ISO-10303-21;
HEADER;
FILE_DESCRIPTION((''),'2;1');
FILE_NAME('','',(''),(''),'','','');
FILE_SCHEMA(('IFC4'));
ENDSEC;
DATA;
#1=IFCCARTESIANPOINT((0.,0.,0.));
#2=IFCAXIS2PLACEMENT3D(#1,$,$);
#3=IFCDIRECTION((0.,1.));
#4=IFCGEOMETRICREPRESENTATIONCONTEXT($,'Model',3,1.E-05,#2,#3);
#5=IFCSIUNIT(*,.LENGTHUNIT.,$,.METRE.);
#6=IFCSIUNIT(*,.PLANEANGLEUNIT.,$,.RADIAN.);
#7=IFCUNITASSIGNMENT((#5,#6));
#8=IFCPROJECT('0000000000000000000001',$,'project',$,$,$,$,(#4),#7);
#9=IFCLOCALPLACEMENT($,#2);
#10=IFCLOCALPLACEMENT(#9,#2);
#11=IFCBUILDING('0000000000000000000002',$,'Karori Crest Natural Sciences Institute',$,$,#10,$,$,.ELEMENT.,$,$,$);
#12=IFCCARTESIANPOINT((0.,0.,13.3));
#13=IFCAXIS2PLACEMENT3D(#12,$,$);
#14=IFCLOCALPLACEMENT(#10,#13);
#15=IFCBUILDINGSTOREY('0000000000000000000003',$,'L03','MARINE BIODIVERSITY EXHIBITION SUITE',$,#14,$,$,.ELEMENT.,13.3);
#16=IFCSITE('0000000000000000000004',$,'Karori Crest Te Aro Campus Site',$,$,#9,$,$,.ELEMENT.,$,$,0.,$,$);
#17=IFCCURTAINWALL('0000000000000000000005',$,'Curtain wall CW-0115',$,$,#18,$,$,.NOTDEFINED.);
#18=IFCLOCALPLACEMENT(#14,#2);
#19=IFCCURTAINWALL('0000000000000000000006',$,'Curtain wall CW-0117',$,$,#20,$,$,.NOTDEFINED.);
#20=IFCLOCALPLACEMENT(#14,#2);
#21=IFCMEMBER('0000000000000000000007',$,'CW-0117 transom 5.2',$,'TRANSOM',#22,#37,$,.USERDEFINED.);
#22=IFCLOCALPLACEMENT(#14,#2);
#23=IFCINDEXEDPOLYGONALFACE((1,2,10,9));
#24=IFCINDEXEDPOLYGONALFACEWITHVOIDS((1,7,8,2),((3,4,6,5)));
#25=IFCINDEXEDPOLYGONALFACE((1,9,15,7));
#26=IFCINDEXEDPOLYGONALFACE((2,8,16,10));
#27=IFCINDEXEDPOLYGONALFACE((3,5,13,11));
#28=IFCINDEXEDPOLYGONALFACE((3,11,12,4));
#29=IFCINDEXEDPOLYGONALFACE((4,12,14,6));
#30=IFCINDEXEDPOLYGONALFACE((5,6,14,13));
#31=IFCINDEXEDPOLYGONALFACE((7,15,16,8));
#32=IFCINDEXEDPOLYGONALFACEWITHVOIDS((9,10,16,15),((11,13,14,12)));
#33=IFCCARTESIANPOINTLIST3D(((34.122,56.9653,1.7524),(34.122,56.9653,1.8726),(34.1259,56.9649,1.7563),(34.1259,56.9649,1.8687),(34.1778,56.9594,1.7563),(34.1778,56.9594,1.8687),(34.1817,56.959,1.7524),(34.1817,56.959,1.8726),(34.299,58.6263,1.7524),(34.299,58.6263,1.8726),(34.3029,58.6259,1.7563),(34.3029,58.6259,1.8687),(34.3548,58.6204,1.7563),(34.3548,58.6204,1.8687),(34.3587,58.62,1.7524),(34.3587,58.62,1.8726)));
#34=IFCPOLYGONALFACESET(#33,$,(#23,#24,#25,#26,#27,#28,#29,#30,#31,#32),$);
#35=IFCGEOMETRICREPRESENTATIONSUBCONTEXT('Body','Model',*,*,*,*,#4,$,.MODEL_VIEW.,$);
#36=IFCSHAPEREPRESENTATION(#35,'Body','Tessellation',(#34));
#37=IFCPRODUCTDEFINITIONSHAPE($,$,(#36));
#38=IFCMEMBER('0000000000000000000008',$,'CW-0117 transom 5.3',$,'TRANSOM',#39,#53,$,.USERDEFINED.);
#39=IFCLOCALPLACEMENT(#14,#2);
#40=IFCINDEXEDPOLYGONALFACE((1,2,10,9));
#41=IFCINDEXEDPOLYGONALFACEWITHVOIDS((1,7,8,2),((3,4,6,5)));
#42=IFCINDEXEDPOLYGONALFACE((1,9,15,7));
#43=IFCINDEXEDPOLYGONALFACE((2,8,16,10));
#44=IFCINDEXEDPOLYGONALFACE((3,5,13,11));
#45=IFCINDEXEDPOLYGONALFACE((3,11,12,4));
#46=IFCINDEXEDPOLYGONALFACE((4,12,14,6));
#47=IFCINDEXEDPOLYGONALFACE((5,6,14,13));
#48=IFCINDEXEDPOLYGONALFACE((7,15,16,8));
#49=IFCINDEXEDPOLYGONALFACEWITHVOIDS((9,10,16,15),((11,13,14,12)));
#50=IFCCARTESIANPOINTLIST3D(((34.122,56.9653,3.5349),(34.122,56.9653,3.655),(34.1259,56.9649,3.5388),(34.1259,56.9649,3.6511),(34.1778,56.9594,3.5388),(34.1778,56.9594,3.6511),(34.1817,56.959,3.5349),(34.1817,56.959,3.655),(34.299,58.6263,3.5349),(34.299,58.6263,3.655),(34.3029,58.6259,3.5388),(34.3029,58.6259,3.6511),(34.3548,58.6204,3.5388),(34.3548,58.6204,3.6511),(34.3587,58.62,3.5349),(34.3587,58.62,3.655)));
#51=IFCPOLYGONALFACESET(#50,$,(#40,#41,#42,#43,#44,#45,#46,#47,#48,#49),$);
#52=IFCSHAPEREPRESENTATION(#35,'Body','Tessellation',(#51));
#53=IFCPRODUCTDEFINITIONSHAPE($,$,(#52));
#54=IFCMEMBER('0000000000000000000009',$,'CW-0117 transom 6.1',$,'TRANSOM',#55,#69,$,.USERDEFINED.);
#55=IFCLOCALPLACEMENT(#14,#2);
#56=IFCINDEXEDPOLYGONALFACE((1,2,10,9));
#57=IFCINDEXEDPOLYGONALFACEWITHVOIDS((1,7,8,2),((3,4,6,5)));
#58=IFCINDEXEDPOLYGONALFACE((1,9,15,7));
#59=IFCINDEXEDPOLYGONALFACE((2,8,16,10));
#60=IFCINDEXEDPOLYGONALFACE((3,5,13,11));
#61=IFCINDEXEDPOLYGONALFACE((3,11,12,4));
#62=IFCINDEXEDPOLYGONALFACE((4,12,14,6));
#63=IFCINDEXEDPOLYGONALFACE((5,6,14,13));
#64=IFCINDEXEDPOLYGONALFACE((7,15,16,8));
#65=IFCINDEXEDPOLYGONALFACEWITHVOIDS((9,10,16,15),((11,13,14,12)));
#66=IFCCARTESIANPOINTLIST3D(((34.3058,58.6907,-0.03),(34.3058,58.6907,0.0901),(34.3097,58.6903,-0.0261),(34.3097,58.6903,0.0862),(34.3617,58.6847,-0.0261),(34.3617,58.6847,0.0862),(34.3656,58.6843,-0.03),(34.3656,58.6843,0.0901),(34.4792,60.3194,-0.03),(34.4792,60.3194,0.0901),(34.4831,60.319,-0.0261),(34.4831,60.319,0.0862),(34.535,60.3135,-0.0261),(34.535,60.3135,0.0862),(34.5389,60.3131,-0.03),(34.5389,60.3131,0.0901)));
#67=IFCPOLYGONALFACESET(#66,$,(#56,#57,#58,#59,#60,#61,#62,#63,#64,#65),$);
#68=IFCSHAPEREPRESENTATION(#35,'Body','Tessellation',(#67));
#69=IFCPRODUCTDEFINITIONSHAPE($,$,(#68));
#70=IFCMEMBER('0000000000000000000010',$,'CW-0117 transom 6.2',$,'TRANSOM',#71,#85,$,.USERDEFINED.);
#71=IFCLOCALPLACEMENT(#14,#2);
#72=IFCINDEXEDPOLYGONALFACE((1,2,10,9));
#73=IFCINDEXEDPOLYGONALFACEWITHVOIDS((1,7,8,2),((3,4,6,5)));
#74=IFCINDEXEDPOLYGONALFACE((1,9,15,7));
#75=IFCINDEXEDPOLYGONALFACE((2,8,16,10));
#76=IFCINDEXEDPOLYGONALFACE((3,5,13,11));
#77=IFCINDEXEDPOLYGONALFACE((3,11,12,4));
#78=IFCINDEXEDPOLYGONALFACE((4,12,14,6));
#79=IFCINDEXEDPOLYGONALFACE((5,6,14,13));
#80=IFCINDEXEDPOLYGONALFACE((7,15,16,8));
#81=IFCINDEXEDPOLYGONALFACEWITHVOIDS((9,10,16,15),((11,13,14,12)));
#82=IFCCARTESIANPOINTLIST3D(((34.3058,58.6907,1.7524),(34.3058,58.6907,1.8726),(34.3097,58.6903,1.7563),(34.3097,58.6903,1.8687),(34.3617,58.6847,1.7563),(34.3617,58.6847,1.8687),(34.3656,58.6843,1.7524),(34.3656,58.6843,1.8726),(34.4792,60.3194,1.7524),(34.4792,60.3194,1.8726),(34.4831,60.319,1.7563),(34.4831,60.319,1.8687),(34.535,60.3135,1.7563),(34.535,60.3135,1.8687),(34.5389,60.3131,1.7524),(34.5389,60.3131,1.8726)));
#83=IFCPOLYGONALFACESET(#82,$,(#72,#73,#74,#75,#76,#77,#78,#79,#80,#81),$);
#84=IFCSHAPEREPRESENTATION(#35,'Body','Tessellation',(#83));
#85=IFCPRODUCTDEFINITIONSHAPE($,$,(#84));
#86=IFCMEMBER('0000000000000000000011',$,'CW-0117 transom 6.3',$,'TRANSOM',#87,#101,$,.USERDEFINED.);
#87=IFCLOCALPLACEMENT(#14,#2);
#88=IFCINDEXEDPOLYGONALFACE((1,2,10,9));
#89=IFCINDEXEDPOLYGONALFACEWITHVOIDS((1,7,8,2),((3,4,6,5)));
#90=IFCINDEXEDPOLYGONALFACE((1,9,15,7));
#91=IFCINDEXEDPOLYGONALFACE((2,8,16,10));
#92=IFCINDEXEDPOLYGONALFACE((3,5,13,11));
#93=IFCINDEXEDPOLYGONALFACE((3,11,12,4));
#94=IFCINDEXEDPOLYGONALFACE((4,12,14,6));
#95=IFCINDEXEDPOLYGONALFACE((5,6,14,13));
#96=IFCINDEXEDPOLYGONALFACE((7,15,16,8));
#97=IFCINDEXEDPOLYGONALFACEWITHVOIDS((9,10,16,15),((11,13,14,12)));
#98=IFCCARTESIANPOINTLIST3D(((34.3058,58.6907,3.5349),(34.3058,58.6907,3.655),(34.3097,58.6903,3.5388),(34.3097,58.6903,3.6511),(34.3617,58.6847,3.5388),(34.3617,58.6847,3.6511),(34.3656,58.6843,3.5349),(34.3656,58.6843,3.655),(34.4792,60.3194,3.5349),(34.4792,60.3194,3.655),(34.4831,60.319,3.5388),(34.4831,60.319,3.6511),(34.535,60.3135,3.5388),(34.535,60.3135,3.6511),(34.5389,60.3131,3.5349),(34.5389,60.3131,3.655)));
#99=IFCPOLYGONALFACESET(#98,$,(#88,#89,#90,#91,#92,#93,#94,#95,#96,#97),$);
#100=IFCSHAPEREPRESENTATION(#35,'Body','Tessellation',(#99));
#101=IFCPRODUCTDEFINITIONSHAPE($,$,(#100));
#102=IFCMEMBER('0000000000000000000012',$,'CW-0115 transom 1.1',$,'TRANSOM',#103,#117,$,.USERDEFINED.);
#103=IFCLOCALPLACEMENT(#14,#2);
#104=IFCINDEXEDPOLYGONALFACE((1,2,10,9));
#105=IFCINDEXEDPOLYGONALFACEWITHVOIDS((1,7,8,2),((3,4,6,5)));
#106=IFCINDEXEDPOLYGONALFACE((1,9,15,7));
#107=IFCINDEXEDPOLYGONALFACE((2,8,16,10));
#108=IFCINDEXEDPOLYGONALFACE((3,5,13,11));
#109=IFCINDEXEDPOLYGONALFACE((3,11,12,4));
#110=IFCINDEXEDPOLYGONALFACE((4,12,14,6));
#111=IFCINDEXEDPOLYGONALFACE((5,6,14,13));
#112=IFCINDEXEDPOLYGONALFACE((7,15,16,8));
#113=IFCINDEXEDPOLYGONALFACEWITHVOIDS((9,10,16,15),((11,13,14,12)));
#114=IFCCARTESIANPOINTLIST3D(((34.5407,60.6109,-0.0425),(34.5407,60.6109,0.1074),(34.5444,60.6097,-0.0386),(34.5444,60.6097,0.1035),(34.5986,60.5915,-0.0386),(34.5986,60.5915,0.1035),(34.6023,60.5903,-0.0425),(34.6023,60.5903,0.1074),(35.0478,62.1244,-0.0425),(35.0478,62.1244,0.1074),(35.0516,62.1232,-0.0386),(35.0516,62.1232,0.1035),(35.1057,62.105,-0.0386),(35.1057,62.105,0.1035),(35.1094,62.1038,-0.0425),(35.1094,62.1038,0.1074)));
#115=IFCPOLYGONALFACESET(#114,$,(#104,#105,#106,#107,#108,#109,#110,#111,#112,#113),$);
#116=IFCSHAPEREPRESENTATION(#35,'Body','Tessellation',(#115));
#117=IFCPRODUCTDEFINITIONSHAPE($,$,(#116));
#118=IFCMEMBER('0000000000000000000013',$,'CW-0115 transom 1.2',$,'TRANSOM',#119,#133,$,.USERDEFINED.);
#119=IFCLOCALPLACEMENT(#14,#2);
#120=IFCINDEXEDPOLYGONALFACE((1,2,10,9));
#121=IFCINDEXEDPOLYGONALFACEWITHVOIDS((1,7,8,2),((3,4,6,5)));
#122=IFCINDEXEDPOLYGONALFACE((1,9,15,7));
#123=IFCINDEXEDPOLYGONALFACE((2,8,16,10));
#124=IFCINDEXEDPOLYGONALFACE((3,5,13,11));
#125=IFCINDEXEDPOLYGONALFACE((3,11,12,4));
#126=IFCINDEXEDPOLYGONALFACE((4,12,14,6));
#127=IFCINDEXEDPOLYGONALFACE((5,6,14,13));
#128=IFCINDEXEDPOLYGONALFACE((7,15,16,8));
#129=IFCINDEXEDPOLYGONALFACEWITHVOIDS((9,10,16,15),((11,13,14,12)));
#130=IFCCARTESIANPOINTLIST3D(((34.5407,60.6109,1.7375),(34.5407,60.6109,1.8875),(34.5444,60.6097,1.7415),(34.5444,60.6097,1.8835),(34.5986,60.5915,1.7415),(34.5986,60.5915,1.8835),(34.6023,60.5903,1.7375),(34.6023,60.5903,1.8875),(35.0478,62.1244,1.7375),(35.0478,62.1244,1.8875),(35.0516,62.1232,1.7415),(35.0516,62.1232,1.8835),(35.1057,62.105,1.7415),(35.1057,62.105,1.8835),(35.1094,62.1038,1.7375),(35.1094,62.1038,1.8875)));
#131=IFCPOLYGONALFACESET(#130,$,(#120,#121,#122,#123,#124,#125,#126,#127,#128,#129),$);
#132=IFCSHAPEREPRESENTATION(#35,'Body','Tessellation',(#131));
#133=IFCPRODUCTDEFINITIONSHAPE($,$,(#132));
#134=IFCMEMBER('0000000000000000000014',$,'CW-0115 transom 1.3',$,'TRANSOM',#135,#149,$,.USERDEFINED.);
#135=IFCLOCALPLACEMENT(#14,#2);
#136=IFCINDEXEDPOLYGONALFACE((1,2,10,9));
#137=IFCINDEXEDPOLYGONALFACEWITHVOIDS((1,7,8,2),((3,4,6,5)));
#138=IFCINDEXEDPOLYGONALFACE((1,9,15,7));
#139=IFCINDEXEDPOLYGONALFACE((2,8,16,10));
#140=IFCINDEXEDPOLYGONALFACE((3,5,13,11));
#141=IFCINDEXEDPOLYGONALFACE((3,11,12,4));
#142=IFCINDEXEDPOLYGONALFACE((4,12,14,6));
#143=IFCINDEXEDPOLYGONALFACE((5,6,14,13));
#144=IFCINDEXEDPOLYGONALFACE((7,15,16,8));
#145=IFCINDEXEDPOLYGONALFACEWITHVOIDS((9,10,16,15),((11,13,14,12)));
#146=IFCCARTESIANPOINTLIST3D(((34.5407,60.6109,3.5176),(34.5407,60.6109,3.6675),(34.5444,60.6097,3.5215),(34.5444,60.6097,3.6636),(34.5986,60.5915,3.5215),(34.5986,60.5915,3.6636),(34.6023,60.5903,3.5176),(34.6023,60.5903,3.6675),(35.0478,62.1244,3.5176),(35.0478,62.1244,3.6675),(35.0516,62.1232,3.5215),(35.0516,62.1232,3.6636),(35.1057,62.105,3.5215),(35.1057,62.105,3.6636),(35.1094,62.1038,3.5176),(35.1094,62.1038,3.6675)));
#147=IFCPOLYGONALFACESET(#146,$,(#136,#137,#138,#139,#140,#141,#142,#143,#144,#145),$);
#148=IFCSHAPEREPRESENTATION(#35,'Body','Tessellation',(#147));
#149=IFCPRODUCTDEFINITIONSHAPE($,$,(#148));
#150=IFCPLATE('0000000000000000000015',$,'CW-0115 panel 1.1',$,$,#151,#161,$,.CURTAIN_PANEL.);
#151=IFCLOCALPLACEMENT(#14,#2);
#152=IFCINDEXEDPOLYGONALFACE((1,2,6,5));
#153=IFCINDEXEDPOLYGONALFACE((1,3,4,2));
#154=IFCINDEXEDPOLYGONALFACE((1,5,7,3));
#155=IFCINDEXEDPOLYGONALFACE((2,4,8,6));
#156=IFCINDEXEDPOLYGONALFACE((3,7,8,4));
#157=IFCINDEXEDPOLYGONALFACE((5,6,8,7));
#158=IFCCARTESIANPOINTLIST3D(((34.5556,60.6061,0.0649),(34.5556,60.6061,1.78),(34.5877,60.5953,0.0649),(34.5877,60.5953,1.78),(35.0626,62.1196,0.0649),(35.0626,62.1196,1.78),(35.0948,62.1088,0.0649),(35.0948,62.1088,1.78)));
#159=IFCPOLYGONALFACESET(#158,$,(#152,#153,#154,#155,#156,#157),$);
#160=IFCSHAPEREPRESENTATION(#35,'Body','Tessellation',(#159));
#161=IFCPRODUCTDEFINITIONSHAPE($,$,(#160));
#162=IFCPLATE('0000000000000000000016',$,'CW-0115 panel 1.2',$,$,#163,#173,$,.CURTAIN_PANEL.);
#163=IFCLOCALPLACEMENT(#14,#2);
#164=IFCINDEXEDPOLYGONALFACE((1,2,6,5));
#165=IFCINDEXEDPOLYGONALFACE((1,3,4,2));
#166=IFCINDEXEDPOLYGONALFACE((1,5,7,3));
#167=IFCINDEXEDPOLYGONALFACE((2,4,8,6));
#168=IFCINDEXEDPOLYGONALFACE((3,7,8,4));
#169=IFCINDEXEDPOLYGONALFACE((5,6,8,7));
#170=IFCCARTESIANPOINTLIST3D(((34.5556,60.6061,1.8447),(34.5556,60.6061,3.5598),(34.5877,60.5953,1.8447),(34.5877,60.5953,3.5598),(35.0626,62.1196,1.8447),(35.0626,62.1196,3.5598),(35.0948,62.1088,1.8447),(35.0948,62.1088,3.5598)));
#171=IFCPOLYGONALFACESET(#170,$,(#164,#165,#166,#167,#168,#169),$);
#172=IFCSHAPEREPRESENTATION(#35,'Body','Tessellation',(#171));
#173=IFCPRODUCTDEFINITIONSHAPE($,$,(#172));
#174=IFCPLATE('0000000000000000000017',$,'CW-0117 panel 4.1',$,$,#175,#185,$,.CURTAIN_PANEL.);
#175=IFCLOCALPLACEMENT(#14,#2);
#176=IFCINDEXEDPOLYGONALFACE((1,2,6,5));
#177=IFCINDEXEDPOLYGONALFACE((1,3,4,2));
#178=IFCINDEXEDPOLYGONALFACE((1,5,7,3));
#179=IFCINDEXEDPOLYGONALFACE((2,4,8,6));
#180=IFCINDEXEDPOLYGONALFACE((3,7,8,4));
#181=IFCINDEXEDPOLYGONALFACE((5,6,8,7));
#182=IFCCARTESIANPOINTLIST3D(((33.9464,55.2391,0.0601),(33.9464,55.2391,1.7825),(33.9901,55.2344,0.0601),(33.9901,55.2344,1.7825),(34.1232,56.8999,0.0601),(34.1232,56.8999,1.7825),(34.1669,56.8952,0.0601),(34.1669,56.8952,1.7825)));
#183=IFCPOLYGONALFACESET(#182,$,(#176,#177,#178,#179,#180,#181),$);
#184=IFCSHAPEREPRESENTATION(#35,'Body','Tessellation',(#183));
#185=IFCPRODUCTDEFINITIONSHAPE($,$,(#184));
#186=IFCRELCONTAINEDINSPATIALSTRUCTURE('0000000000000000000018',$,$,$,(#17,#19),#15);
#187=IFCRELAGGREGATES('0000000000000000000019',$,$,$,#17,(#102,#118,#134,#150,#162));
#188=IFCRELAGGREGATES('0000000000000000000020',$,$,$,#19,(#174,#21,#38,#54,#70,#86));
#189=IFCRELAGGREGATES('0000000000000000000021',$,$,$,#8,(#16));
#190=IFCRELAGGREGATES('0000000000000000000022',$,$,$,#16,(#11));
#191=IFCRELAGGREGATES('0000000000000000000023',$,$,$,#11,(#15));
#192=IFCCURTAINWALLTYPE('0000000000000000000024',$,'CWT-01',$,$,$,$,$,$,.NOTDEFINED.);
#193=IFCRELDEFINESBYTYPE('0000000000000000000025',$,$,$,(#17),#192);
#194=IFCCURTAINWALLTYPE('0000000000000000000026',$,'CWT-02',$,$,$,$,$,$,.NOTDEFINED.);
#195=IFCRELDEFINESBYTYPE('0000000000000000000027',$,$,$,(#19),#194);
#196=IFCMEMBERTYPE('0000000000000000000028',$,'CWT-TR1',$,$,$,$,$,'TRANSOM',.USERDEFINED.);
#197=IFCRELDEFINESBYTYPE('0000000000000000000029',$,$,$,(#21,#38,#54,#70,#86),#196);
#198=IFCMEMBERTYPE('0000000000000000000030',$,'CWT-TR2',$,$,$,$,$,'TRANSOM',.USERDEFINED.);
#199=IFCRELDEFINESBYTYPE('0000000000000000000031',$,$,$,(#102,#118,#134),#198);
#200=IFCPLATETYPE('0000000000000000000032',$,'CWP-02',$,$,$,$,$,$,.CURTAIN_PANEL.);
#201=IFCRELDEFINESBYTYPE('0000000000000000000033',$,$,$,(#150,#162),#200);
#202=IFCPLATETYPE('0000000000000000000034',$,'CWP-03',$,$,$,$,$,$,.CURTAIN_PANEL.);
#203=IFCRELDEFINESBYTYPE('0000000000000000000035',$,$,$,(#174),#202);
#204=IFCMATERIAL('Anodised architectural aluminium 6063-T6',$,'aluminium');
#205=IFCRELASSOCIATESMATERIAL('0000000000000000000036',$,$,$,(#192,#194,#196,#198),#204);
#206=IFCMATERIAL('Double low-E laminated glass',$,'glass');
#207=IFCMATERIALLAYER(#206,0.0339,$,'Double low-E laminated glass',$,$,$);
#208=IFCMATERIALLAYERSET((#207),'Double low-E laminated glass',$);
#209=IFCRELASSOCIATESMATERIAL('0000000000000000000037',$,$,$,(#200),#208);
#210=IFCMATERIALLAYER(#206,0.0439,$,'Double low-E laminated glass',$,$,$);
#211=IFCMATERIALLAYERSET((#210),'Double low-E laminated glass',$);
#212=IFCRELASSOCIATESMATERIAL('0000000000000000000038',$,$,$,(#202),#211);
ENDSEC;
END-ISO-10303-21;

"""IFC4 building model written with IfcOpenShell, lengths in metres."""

from ifc_helpers import new_model, si_unit, direction, frame, origin, origin_2d, place, context, subcontext, project, spatial, rectangle, hollow_rectangle, extrude, material, layer, layer_set, material_profile, profile_set, type_object, element, aggregate, save


model = new_model("IFC4")

# Units and contexts
model_context = context("Model", 3, precision=1e-05, world=origin(), true_north=direction((0.0, 1.0)))
body_context = subcontext(model_context, "Body", "Model", "MODEL_VIEW")
ifc_project = project(units=[si_unit("LENGTHUNIT", "METRE"), si_unit("PLANEANGLEUNIT", "RADIAN")], contexts=[model_context])

# Site, building, storey
site_placement = place(None, origin())
site = spatial("IfcSite", under=ifc_project, at=site_placement, Name="Karori Crest Te Aro Campus Site", CompositionType="ELEMENT", RefElevation=0.0)
building_placement = place(site_placement, origin())
building = spatial("IfcBuilding", under=site, at=building_placement, Name="Karori Crest Natural Sciences Institute", CompositionType="ELEMENT")
storey_placement = place(building_placement, frame((0.0, 0.0, 13.3)))
storey = spatial("IfcBuildingStorey", under=building, at=storey_placement, Name="L03", Description="MARINE BIODIVERSITY EXHIBITION SUITE", CompositionType="ELEMENT", Elevation=13.3)

# Curtain wall
ifc_material_1 = material(Name="Anodised architectural aluminium 6063-T6", Category="aluminium")
curtain_wall_type_1 = type_object("IfcCurtainWallType", Name="CWT-01", PredefinedType="NOTDEFINED", material=ifc_material_1)
curtain_wall_1_placement = place(storey_placement, origin())
curtain_wall_1 = element("IfcCurtainWall", 1, at=curtain_wall_1_placement, inside=storey, type_object=curtain_wall_type_1, Name="Curtain wall CW-0115", PredefinedType="NOTDEFINED")

# Curtain wall, members
curtain_wall_type_2 = type_object("IfcCurtainWallType", Name="CWT-02", PredefinedType="NOTDEFINED", material=ifc_material_1)
curtain_wall_2_placement = place(storey_placement, origin())
curtain_wall_2 = element("IfcCurtainWall", 2, at=curtain_wall_2_placement, inside=storey, type_object=curtain_wall_type_2, Name="Curtain wall CW-0117", PredefinedType="NOTDEFINED")
ifc_material_profile_1 = material_profile(ifc_material_1, hollow_rectangle(XDim=0.0601, YDim=0.1201, WallThickness=0.0039, at=origin_2d()), Name="CWT120x60x4")
ifc_profile_set_1 = profile_set([ifc_material_profile_1], Name="Anodised architectural aluminium 6063-T6")
member_type_1 = type_object("IfcMemberType", Name="CWT-TR1", ElementType="TRANSOM", PredefinedType="USERDEFINED", material=ifc_profile_set_1)
member_1_placement = place(storey_placement, frame((34.1519, 56.9622, 1.8125), z_axis=(0.105971, 0.994369, 0.0), x_axis=(-0.994369, 0.105971, 0.0)))
member_1 = element("IfcMember", 3, at=member_1_placement, type_object=member_type_1, Name="CW-0117 transom 5.2", ObjectType="TRANSOM", PredefinedType="USERDEFINED", context=body_context, shape_type="SweptSolid", body=[
    extrude(hollow_rectangle(XDim=0.0601, YDim=0.1201, WallThickness=0.0039, at=origin_2d()), origin(), (0.0, 0.0, 1.0), 1.6704),
])
member_2_placement = place(storey_placement, frame((34.1519, 56.9622, 3.595), z_axis=(0.105971, 0.994369, 0.0), x_axis=(-0.994369, 0.105971, 0.0)))
member_2 = element("IfcMember", 4, at=member_2_placement, type_object=member_type_1, Name="CW-0117 transom 5.3", ObjectType="TRANSOM", PredefinedType="USERDEFINED", context=body_context, shape_type="SweptSolid", body=[
    extrude(hollow_rectangle(XDim=0.0601, YDim=0.1201, WallThickness=0.0039, at=origin_2d()), origin(), (0.0, 0.0, 1.0), 1.6704),
])
member_3_placement = place(storey_placement, frame((34.3357, 58.6875, 0.03), z_axis=(0.105833, 0.994384, 0.0), x_axis=(-0.994384, 0.105833, 0.0)))
member_3 = element("IfcMember", 5, at=member_3_placement, type_object=member_type_1, Name="CW-0117 transom 6.1", ObjectType="TRANSOM", PredefinedType="USERDEFINED", context=body_context, shape_type="SweptSolid", body=[
    extrude(hollow_rectangle(XDim=0.0601, YDim=0.1201, WallThickness=0.0039, at=origin_2d()), origin(), (0.0, 0.0, 1.0), 1.6379),
])
member_4_placement = place(storey_placement, frame((34.3357, 58.6875, 1.8125), z_axis=(0.105833, 0.994384, 0.0), x_axis=(-0.994384, 0.105833, 0.0)))
member_4 = element("IfcMember", 6, at=member_4_placement, type_object=member_type_1, Name="CW-0117 transom 6.2", ObjectType="TRANSOM", PredefinedType="USERDEFINED", context=body_context, shape_type="SweptSolid", body=[
    extrude(hollow_rectangle(XDim=0.0601, YDim=0.1201, WallThickness=0.0039, at=origin_2d()), origin(), (0.0, 0.0, 1.0), 1.6379),
])
member_5_placement = place(storey_placement, frame((34.3357, 58.6875, 3.595), z_axis=(0.105833, 0.994384, 0.0), x_axis=(-0.994384, 0.105833, 0.0)))
member_5 = element("IfcMember", 7, at=member_5_placement, type_object=member_type_1, Name="CW-0117 transom 6.3", ObjectType="TRANSOM", PredefinedType="USERDEFINED", context=body_context, shape_type="SweptSolid", body=[
    extrude(hollow_rectangle(XDim=0.0601, YDim=0.1201, WallThickness=0.0039, at=origin_2d()), origin(), (0.0, 0.0, 1.0), 1.6379),
])

# Members
ifc_material_profile_2 = material_profile(ifc_material_1, hollow_rectangle(XDim=0.0649, YDim=0.1499, WallThickness=0.0039, at=origin_2d()), Name="CWT150x65x4")
ifc_profile_set_2 = profile_set([ifc_material_profile_2], Name="Anodised architectural aluminium 6063-T6")
member_type_2 = type_object("IfcMemberType", Name="CWT-TR2", ElementType="TRANSOM", PredefinedType="USERDEFINED", material=ifc_profile_set_2)
member_6_placement = place(storey_placement, frame((34.5715, 60.6006, 0.0325), z_axis=(0.317696, 0.948193, 0.0), x_axis=(-0.948193, 0.317696, 0.0)))
member_6 = element("IfcMember", 8, at=member_6_placement, type_object=member_type_2, Name="CW-0115 transom 1.1", ObjectType="TRANSOM", PredefinedType="USERDEFINED", context=body_context, shape_type="SweptSolid", body=[
    extrude(hollow_rectangle(XDim=0.0649, YDim=0.1499, WallThickness=0.0039, at=origin_2d()), origin(), (0.0, 0.0, 1.0), 1.5962),
])
member_7_placement = place(storey_placement, frame((34.5715, 60.6006, 1.8125), z_axis=(0.317696, 0.948193, 0.0), x_axis=(-0.948193, 0.317696, 0.0)))
member_7 = element("IfcMember", 9, at=member_7_placement, type_object=member_type_2, Name="CW-0115 transom 1.2", ObjectType="TRANSOM", PredefinedType="USERDEFINED", context=body_context, shape_type="SweptSolid", body=[
    extrude(hollow_rectangle(XDim=0.0649, YDim=0.1499, WallThickness=0.0039, at=origin_2d()), origin(), (0.0, 0.0, 1.0), 1.5962),
])
member_8_placement = place(storey_placement, frame((34.5715, 60.6006, 3.5925), z_axis=(0.317696, 0.948193, 0.0), x_axis=(-0.948193, 0.317696, 0.0)))
member_8 = element("IfcMember", 10, at=member_8_placement, type_object=member_type_2, Name="CW-0115 transom 1.3", ObjectType="TRANSOM", PredefinedType="USERDEFINED", context=body_context, shape_type="SweptSolid", body=[
    extrude(hollow_rectangle(XDim=0.0649, YDim=0.1499, WallThickness=0.0039, at=origin_2d()), origin(), (0.0, 0.0, 1.0), 1.5962),
])

# Plates
ifc_material_2 = material(Name="Double low-E laminated glass", Category="glass")
ifc_layer_1 = layer(ifc_material_2, 0.0339, Name="Double low-E laminated glass")
ifc_layer_set_1 = layer_set([ifc_layer_1], Name="Double low-E laminated glass")
plate_type_1 = type_object("IfcPlateType", Name="CWP-02", PredefinedType="CURTAIN_PANEL", material=ifc_layer_set_1)
plate_1_placement = place(storey_placement, frame((34.8252, 61.3574, 0.0649), z_axis=(0.0, 0.0, 1.0), x_axis=(0.31768, 0.948198, 0.0)))
plate_1 = element("IfcPlate", 11, at=plate_1_placement, type_object=plate_type_1, Name="CW-0115 panel 1.1", PredefinedType="CURTAIN_PANEL", context=body_context, shape_type="SweptSolid", body=[
    extrude(rectangle(XDim=1.5962, YDim=0.0339, at=origin_2d()), origin(), (0.0, 0.0, 1.0), 1.7151),
])
plate_2_placement = place(storey_placement, frame((34.8252, 61.3574, 1.8447), z_axis=(0.0, 0.0, 1.0), x_axis=(0.31768, 0.948198, 0.0)))
plate_2 = element("IfcPlate", 12, at=plate_2_placement, type_object=plate_type_1, Name="CW-0115 panel 1.2", PredefinedType="CURTAIN_PANEL", context=body_context, shape_type="SweptSolid", body=[
    extrude(rectangle(XDim=1.5962, YDim=0.0339, at=origin_2d()), origin(), (0.0, 0.0, 1.0), 1.7151),
])
aggregate(curtain_wall_1, [member_6, member_7, member_8, plate_1, plate_2])
ifc_layer_2 = layer(ifc_material_2, 0.0439, Name="Double low-E laminated glass")
ifc_layer_set_2 = layer_set([ifc_layer_2], Name="Double low-E laminated glass")
plate_type_2 = type_object("IfcPlateType", Name="CWP-03", PredefinedType="CURTAIN_PANEL", material=ifc_layer_set_2)
plate_3_placement = place(storey_placement, frame((34.0566, 56.0671, 0.0601), z_axis=(0.0, 0.0, 1.0), x_axis=(0.105886, 0.994378, 0.0)))
plate_3 = element("IfcPlate", 13, at=plate_3_placement, type_object=plate_type_2, Name="CW-0117 panel 4.1", PredefinedType="CURTAIN_PANEL", context=body_context, shape_type="SweptSolid", body=[
    extrude(rectangle(XDim=1.6702, YDim=0.0439, at=origin_2d()), origin(), (0.0, 0.0, 1.0), 1.7224),
])
aggregate(curtain_wall_2, [plate_3, member_1, member_2, member_3, member_4, member_5])

save(model, "model.ifc")
